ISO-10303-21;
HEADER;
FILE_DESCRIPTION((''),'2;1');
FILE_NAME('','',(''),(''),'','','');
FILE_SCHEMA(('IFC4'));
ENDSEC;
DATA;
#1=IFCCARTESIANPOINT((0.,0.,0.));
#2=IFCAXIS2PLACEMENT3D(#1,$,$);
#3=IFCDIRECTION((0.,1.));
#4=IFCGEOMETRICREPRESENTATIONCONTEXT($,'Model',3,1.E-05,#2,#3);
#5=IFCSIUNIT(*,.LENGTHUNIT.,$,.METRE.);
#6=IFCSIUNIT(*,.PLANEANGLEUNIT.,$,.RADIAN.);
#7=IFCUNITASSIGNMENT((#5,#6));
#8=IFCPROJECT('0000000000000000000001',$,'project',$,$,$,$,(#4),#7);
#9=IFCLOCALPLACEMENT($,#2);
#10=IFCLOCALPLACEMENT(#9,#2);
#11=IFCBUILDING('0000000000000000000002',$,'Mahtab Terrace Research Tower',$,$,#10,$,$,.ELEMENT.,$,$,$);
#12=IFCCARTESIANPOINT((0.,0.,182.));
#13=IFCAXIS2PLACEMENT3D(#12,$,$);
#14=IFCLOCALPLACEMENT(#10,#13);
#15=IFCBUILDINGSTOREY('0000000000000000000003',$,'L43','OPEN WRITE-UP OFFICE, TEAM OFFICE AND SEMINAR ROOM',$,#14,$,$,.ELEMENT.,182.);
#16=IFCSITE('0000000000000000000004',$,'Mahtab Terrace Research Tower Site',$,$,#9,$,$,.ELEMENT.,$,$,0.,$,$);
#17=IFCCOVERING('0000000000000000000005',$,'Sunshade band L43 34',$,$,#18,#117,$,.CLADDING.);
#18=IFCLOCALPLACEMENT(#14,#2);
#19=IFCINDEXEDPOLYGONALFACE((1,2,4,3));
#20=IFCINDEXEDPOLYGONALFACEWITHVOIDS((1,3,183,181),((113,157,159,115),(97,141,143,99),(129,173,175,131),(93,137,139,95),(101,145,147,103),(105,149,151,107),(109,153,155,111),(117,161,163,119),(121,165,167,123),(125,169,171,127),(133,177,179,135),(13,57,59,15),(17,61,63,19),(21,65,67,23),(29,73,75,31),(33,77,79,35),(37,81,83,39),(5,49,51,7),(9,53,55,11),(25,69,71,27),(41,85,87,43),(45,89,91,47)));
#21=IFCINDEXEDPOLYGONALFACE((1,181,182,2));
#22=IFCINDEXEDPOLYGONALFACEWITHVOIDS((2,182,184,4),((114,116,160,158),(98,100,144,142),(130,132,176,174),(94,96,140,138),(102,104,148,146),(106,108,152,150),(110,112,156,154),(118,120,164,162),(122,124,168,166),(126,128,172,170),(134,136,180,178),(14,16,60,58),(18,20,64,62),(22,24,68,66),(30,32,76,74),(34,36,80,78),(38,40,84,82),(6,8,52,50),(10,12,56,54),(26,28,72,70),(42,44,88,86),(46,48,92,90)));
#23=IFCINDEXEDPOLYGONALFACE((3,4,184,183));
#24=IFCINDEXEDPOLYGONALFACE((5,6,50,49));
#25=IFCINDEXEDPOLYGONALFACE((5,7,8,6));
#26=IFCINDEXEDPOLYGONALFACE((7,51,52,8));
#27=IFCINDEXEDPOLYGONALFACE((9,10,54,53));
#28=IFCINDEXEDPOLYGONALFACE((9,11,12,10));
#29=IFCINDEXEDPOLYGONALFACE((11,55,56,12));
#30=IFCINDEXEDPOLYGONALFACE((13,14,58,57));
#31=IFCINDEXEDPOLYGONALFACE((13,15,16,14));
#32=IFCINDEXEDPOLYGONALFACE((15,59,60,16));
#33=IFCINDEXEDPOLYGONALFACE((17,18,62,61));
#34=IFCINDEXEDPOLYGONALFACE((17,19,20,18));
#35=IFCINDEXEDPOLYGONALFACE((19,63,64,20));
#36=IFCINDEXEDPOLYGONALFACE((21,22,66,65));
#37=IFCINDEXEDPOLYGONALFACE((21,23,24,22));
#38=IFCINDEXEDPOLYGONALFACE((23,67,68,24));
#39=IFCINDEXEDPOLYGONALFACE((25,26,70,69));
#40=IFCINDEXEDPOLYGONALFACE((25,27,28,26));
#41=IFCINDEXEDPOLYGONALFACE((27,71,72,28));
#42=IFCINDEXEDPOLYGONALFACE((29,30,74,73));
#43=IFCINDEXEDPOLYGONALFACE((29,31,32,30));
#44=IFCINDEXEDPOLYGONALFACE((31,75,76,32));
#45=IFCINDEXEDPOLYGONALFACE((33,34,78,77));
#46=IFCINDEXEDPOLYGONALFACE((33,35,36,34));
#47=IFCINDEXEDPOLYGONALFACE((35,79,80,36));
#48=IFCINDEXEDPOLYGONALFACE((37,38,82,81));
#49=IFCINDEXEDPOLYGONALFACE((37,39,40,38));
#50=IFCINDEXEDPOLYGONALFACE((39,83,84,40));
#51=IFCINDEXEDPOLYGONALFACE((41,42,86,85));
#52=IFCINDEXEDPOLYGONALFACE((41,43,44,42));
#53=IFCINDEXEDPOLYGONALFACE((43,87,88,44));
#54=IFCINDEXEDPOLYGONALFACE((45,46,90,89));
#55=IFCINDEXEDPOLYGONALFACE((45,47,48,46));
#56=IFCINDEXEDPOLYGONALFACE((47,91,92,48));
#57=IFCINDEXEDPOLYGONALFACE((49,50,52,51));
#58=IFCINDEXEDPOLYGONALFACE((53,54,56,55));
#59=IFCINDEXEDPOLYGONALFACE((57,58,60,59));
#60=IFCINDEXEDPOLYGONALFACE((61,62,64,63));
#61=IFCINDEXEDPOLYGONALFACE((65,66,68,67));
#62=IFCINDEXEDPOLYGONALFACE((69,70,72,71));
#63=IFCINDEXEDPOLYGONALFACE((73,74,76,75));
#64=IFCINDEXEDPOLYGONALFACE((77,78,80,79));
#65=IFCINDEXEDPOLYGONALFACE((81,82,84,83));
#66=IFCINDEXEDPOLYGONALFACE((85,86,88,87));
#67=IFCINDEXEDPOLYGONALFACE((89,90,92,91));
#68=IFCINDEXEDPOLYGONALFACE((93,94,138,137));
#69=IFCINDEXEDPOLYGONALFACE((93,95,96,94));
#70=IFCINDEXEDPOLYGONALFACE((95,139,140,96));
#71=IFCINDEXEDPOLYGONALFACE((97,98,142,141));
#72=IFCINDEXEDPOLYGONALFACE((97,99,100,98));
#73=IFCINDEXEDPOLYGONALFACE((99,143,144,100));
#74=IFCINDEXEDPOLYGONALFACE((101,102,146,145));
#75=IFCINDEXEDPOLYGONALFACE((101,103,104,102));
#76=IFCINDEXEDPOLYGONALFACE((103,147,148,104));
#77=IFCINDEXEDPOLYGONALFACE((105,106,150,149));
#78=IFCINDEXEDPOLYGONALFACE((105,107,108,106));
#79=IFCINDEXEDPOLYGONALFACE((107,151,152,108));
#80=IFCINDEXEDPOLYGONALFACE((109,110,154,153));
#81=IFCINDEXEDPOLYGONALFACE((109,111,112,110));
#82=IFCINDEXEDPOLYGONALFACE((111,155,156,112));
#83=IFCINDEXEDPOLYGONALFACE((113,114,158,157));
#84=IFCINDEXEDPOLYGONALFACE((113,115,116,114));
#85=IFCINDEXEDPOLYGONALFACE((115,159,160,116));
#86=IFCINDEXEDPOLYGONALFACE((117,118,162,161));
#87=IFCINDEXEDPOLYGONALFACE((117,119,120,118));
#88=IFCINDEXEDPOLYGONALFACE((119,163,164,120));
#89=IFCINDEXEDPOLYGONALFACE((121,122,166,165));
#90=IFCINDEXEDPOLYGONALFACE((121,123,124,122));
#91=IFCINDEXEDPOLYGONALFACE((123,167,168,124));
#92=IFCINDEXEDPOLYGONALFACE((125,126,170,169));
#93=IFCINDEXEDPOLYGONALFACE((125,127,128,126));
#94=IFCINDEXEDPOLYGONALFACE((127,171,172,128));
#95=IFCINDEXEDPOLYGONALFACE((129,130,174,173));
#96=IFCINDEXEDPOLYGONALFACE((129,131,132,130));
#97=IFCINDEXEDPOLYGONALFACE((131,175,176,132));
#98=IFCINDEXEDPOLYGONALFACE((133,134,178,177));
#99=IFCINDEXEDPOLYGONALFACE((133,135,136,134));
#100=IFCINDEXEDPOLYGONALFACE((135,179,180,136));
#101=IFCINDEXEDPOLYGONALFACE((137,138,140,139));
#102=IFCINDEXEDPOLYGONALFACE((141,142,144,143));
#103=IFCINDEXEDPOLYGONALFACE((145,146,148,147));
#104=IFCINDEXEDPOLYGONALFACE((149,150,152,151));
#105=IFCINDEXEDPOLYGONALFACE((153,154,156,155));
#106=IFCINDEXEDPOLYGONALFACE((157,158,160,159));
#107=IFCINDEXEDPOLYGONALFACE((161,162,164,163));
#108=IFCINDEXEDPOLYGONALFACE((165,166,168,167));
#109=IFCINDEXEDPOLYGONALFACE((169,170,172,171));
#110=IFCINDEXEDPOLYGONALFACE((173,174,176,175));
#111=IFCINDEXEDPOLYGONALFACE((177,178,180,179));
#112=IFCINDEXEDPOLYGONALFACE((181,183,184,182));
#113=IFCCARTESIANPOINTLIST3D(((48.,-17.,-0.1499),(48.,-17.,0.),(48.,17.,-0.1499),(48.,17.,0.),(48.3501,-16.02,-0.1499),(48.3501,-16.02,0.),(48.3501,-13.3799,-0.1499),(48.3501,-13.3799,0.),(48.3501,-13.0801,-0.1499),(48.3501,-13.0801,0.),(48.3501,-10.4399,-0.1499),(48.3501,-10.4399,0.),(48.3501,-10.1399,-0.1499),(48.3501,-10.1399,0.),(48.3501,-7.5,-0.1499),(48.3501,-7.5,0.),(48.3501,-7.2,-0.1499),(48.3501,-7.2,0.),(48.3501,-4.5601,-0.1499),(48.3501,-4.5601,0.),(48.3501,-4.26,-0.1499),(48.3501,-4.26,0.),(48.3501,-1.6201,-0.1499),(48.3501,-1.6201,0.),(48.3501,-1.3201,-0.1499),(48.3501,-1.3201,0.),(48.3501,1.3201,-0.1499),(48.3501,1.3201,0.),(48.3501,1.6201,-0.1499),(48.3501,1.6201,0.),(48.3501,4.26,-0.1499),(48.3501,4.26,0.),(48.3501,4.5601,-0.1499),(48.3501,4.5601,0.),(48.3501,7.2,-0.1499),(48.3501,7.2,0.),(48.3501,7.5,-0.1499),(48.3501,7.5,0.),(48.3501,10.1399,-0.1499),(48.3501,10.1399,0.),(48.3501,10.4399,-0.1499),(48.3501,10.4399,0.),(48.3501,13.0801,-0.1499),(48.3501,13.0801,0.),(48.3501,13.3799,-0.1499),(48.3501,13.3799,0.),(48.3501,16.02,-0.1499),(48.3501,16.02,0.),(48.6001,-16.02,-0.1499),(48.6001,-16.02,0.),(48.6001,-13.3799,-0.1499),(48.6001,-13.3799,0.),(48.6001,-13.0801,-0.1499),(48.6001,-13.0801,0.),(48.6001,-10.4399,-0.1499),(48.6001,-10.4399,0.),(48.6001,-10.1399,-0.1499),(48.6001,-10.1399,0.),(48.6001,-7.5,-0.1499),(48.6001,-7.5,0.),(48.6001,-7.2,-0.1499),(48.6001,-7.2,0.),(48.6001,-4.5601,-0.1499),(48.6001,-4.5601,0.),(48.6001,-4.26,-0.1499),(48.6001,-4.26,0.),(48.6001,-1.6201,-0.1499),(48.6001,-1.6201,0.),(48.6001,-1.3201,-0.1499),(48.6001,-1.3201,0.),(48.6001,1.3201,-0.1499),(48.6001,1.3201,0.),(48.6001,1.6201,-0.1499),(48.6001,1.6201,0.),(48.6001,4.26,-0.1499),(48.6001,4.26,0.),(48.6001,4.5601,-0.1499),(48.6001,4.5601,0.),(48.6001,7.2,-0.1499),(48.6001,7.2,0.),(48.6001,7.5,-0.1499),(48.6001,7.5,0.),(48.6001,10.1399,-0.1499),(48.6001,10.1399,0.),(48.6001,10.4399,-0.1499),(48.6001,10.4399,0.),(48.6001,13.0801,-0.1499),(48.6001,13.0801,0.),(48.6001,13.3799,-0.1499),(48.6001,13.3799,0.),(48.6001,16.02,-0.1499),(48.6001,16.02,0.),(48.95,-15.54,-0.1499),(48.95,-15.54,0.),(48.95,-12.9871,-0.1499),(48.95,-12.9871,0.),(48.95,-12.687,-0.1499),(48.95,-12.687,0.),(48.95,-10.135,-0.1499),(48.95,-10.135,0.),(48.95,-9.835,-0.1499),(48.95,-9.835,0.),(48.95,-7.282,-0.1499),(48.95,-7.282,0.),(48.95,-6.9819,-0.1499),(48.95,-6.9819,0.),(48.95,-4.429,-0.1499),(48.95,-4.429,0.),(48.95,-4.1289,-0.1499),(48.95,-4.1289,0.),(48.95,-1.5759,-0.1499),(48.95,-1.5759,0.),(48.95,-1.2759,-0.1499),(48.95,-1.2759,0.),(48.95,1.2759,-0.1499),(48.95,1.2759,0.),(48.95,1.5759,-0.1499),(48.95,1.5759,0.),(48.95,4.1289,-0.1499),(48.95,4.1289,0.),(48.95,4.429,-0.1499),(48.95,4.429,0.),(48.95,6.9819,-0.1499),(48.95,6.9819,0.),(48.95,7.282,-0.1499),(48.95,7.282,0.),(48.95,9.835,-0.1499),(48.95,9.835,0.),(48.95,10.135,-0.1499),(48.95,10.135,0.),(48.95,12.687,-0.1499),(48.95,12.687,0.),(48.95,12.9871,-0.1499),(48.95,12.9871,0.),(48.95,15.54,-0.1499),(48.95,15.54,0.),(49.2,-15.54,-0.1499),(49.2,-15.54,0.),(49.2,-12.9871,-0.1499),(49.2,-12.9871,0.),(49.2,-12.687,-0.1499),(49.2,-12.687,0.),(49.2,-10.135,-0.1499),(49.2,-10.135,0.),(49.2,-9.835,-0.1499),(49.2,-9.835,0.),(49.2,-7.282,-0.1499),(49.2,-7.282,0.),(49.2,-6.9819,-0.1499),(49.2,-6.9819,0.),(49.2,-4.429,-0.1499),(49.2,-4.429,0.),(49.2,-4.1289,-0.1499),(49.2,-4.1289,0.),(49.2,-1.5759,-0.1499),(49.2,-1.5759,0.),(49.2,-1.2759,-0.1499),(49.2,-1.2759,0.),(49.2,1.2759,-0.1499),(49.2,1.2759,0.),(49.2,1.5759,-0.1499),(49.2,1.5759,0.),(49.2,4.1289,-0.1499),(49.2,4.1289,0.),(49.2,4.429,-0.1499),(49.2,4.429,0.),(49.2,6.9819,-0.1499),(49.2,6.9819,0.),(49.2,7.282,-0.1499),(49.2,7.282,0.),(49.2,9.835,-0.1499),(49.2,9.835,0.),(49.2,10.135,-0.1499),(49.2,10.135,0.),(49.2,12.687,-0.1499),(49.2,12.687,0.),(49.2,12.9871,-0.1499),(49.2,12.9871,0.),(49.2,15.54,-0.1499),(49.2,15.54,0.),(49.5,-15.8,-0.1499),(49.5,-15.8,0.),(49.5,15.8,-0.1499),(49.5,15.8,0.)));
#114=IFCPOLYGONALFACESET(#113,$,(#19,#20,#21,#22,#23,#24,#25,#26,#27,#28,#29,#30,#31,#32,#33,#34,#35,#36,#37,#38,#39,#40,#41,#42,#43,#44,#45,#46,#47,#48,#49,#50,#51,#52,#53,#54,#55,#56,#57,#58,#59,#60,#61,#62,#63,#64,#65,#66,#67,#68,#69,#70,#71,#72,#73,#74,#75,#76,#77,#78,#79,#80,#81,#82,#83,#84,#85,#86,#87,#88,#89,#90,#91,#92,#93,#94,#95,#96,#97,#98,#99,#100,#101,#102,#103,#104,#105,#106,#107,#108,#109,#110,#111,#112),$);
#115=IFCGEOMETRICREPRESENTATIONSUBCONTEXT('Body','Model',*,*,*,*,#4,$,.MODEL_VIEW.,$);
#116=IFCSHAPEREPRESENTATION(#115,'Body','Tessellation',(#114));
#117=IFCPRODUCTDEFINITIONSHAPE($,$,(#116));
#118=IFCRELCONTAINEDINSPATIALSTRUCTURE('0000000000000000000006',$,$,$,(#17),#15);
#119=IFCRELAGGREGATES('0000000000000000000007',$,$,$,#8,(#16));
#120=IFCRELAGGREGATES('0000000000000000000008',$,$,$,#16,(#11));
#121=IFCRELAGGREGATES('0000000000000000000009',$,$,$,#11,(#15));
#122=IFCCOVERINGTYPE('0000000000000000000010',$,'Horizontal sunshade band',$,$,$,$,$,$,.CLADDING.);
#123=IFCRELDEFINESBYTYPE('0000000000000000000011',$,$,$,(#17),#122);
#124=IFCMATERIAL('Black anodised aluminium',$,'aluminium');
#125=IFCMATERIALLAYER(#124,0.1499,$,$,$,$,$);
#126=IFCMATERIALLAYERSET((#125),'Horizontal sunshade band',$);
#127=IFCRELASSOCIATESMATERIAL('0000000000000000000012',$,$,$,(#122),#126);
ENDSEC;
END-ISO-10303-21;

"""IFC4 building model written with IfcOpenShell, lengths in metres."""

from ifc_helpers import new_model, si_unit, direction, frame, origin, place, context, subcontext, project, spatial, polyline, outline, extrude, material, layer, layer_set, type_object, element, save


model = new_model("IFC4")

# Units and contexts
model_context = context("Model", 3, precision=1e-05, world=origin(), true_north=direction((0.0, 1.0)))
body_context = subcontext(model_context, "Body", "Model", "MODEL_VIEW")
ifc_project = project(units=[si_unit("LENGTHUNIT", "METRE"), si_unit("PLANEANGLEUNIT", "RADIAN")], contexts=[model_context])

# Site, building, storey
site_placement = place(None, origin())
site = spatial("IfcSite", under=ifc_project, at=site_placement, Name="Mahtab Terrace Research Tower Site", CompositionType="ELEMENT", RefElevation=0.0)
building_placement = place(site_placement, origin())
building = spatial("IfcBuilding", under=site, at=building_placement, Name="Mahtab Terrace Research Tower", CompositionType="ELEMENT")
storey_placement = place(building_placement, frame((0.0, 0.0, 182.0)))
storey = spatial("IfcBuildingStorey", under=building, at=storey_placement, Name="L43", Description="OPEN WRITE-UP OFFICE, TEAM OFFICE AND SEMINAR ROOM", CompositionType="ELEMENT", Elevation=182.0)

# Covering
ifc_material_1 = material(Name="Black anodised aluminium", Category="aluminium")
ifc_layer_1 = layer(ifc_material_1, 0.1499)
ifc_layer_set_1 = layer_set([ifc_layer_1], Name="Horizontal sunshade band")
covering_type = type_object("IfcCoveringType", Name="Horizontal sunshade band", PredefinedType="CLADDING", material=ifc_layer_set_1)
covering_1_placement = place(storey_placement, frame((0.0, 0.0, -0.1499)))
element("IfcCovering", 1, at=covering_1_placement, inside=storey, type_object=covering_type, Name="Sunshade band L43 34", PredefinedType="CLADDING", context=body_context, shape_type="SweptSolid", body=[
    extrude(outline(polyline([(48.0, -17.0), (48.0, 17.0), (49.5, 15.8), (49.5, -15.8), (48.0, -17.0)]), holes=[polyline([(48.3501, -16.02), (48.3501, -13.3799), (48.6001, -13.3799), (48.6001, -16.02), (48.3501, -16.02)]), polyline([(48.3501, -13.0801), (48.3501, -10.4399), (48.6001, -10.4399), (48.6001, -13.0801), (48.3501, -13.0801)]), polyline([(48.3501, -10.1399), (48.3501, -7.5), (48.6001, -7.5), (48.6001, -10.1399), (48.3501, -10.1399)]), polyline([(48.3501, -7.2), (48.3501, -4.5601), (48.6001, -4.5601), (48.6001, -7.2), (48.3501, -7.2)]), polyline([(48.3501, -4.26), (48.3501, -1.6201), (48.6001, -1.6201), (48.6001, -4.26), (48.3501, -4.26)]), polyline([(48.3501, -1.3201), (48.3501, 1.3201), (48.6001, 1.3201), (48.6001, -1.3201), (48.3501, -1.3201)]), polyline([(48.3501, 1.6201), (48.3501, 4.26), (48.6001, 4.26), (48.6001, 1.6201), (48.3501, 1.6201)]), polyline([(48.3501, 4.5601), (48.3501, 7.2), (48.6001, 7.2), (48.6001, 4.5601), (48.3501, 4.5601)]), polyline([(48.3501, 7.5), (48.3501, 10.1399), (48.6001, 10.1399), (48.6001, 7.5), (48.3501, 7.5)]), polyline([(48.3501, 10.4399), (48.3501, 13.0801), (48.6001, 13.0801), (48.6001, 10.4399), (48.3501, 10.4399)]), polyline([(48.3501, 13.3799), (48.3501, 16.02), (48.6001, 16.02), (48.6001, 13.3799), (48.3501, 13.3799)]), polyline([(48.95, -15.54), (48.95, -12.9871), (49.2, -12.9871), (49.2, -15.54), (48.95, -15.54)]), polyline([(48.95, -12.687), (48.95, -10.135), (49.2, -10.135), (49.2, -12.687), (48.95, -12.687)]), polyline([(48.95, -9.835), (48.95, -7.282), (49.2, -7.282), (49.2, -9.835), (48.95, -9.835)]), polyline([(48.95, -6.9819), (48.95, -4.429), (49.2, -4.429), (49.2, -6.9819), (48.95, -6.9819)]), polyline([(48.95, -4.1289), (48.95, -1.5759), (49.2, -1.5759), (49.2, -4.1289), (48.95, -4.1289)]), polyline([(48.95, -1.2759), (48.95, 1.2759), (49.2, 1.2759), (49.2, -1.2759), (48.95, -1.2759)]), polyline([(48.95, 1.5759), (48.95, 4.1289), (49.2, 4.1289), (49.2, 1.5759), (48.95, 1.5759)]), polyline([(48.95, 4.429), (48.95, 6.9819), (49.2, 6.9819), (49.2, 4.429), (48.95, 4.429)]), polyline([(48.95, 7.282), (48.95, 9.835), (49.2, 9.835), (49.2, 7.282), (48.95, 7.282)]), polyline([(48.95, 10.135), (48.95, 12.687), (49.2, 12.687), (49.2, 10.135), (48.95, 10.135)]), polyline([(48.95, 12.9871), (48.95, 15.54), (49.2, 15.54), (49.2, 12.9871), (48.95, 12.9871)])]), origin(), (0.0, 0.0, 1.0), 0.1499),
])

save(model, "model.ifc")
